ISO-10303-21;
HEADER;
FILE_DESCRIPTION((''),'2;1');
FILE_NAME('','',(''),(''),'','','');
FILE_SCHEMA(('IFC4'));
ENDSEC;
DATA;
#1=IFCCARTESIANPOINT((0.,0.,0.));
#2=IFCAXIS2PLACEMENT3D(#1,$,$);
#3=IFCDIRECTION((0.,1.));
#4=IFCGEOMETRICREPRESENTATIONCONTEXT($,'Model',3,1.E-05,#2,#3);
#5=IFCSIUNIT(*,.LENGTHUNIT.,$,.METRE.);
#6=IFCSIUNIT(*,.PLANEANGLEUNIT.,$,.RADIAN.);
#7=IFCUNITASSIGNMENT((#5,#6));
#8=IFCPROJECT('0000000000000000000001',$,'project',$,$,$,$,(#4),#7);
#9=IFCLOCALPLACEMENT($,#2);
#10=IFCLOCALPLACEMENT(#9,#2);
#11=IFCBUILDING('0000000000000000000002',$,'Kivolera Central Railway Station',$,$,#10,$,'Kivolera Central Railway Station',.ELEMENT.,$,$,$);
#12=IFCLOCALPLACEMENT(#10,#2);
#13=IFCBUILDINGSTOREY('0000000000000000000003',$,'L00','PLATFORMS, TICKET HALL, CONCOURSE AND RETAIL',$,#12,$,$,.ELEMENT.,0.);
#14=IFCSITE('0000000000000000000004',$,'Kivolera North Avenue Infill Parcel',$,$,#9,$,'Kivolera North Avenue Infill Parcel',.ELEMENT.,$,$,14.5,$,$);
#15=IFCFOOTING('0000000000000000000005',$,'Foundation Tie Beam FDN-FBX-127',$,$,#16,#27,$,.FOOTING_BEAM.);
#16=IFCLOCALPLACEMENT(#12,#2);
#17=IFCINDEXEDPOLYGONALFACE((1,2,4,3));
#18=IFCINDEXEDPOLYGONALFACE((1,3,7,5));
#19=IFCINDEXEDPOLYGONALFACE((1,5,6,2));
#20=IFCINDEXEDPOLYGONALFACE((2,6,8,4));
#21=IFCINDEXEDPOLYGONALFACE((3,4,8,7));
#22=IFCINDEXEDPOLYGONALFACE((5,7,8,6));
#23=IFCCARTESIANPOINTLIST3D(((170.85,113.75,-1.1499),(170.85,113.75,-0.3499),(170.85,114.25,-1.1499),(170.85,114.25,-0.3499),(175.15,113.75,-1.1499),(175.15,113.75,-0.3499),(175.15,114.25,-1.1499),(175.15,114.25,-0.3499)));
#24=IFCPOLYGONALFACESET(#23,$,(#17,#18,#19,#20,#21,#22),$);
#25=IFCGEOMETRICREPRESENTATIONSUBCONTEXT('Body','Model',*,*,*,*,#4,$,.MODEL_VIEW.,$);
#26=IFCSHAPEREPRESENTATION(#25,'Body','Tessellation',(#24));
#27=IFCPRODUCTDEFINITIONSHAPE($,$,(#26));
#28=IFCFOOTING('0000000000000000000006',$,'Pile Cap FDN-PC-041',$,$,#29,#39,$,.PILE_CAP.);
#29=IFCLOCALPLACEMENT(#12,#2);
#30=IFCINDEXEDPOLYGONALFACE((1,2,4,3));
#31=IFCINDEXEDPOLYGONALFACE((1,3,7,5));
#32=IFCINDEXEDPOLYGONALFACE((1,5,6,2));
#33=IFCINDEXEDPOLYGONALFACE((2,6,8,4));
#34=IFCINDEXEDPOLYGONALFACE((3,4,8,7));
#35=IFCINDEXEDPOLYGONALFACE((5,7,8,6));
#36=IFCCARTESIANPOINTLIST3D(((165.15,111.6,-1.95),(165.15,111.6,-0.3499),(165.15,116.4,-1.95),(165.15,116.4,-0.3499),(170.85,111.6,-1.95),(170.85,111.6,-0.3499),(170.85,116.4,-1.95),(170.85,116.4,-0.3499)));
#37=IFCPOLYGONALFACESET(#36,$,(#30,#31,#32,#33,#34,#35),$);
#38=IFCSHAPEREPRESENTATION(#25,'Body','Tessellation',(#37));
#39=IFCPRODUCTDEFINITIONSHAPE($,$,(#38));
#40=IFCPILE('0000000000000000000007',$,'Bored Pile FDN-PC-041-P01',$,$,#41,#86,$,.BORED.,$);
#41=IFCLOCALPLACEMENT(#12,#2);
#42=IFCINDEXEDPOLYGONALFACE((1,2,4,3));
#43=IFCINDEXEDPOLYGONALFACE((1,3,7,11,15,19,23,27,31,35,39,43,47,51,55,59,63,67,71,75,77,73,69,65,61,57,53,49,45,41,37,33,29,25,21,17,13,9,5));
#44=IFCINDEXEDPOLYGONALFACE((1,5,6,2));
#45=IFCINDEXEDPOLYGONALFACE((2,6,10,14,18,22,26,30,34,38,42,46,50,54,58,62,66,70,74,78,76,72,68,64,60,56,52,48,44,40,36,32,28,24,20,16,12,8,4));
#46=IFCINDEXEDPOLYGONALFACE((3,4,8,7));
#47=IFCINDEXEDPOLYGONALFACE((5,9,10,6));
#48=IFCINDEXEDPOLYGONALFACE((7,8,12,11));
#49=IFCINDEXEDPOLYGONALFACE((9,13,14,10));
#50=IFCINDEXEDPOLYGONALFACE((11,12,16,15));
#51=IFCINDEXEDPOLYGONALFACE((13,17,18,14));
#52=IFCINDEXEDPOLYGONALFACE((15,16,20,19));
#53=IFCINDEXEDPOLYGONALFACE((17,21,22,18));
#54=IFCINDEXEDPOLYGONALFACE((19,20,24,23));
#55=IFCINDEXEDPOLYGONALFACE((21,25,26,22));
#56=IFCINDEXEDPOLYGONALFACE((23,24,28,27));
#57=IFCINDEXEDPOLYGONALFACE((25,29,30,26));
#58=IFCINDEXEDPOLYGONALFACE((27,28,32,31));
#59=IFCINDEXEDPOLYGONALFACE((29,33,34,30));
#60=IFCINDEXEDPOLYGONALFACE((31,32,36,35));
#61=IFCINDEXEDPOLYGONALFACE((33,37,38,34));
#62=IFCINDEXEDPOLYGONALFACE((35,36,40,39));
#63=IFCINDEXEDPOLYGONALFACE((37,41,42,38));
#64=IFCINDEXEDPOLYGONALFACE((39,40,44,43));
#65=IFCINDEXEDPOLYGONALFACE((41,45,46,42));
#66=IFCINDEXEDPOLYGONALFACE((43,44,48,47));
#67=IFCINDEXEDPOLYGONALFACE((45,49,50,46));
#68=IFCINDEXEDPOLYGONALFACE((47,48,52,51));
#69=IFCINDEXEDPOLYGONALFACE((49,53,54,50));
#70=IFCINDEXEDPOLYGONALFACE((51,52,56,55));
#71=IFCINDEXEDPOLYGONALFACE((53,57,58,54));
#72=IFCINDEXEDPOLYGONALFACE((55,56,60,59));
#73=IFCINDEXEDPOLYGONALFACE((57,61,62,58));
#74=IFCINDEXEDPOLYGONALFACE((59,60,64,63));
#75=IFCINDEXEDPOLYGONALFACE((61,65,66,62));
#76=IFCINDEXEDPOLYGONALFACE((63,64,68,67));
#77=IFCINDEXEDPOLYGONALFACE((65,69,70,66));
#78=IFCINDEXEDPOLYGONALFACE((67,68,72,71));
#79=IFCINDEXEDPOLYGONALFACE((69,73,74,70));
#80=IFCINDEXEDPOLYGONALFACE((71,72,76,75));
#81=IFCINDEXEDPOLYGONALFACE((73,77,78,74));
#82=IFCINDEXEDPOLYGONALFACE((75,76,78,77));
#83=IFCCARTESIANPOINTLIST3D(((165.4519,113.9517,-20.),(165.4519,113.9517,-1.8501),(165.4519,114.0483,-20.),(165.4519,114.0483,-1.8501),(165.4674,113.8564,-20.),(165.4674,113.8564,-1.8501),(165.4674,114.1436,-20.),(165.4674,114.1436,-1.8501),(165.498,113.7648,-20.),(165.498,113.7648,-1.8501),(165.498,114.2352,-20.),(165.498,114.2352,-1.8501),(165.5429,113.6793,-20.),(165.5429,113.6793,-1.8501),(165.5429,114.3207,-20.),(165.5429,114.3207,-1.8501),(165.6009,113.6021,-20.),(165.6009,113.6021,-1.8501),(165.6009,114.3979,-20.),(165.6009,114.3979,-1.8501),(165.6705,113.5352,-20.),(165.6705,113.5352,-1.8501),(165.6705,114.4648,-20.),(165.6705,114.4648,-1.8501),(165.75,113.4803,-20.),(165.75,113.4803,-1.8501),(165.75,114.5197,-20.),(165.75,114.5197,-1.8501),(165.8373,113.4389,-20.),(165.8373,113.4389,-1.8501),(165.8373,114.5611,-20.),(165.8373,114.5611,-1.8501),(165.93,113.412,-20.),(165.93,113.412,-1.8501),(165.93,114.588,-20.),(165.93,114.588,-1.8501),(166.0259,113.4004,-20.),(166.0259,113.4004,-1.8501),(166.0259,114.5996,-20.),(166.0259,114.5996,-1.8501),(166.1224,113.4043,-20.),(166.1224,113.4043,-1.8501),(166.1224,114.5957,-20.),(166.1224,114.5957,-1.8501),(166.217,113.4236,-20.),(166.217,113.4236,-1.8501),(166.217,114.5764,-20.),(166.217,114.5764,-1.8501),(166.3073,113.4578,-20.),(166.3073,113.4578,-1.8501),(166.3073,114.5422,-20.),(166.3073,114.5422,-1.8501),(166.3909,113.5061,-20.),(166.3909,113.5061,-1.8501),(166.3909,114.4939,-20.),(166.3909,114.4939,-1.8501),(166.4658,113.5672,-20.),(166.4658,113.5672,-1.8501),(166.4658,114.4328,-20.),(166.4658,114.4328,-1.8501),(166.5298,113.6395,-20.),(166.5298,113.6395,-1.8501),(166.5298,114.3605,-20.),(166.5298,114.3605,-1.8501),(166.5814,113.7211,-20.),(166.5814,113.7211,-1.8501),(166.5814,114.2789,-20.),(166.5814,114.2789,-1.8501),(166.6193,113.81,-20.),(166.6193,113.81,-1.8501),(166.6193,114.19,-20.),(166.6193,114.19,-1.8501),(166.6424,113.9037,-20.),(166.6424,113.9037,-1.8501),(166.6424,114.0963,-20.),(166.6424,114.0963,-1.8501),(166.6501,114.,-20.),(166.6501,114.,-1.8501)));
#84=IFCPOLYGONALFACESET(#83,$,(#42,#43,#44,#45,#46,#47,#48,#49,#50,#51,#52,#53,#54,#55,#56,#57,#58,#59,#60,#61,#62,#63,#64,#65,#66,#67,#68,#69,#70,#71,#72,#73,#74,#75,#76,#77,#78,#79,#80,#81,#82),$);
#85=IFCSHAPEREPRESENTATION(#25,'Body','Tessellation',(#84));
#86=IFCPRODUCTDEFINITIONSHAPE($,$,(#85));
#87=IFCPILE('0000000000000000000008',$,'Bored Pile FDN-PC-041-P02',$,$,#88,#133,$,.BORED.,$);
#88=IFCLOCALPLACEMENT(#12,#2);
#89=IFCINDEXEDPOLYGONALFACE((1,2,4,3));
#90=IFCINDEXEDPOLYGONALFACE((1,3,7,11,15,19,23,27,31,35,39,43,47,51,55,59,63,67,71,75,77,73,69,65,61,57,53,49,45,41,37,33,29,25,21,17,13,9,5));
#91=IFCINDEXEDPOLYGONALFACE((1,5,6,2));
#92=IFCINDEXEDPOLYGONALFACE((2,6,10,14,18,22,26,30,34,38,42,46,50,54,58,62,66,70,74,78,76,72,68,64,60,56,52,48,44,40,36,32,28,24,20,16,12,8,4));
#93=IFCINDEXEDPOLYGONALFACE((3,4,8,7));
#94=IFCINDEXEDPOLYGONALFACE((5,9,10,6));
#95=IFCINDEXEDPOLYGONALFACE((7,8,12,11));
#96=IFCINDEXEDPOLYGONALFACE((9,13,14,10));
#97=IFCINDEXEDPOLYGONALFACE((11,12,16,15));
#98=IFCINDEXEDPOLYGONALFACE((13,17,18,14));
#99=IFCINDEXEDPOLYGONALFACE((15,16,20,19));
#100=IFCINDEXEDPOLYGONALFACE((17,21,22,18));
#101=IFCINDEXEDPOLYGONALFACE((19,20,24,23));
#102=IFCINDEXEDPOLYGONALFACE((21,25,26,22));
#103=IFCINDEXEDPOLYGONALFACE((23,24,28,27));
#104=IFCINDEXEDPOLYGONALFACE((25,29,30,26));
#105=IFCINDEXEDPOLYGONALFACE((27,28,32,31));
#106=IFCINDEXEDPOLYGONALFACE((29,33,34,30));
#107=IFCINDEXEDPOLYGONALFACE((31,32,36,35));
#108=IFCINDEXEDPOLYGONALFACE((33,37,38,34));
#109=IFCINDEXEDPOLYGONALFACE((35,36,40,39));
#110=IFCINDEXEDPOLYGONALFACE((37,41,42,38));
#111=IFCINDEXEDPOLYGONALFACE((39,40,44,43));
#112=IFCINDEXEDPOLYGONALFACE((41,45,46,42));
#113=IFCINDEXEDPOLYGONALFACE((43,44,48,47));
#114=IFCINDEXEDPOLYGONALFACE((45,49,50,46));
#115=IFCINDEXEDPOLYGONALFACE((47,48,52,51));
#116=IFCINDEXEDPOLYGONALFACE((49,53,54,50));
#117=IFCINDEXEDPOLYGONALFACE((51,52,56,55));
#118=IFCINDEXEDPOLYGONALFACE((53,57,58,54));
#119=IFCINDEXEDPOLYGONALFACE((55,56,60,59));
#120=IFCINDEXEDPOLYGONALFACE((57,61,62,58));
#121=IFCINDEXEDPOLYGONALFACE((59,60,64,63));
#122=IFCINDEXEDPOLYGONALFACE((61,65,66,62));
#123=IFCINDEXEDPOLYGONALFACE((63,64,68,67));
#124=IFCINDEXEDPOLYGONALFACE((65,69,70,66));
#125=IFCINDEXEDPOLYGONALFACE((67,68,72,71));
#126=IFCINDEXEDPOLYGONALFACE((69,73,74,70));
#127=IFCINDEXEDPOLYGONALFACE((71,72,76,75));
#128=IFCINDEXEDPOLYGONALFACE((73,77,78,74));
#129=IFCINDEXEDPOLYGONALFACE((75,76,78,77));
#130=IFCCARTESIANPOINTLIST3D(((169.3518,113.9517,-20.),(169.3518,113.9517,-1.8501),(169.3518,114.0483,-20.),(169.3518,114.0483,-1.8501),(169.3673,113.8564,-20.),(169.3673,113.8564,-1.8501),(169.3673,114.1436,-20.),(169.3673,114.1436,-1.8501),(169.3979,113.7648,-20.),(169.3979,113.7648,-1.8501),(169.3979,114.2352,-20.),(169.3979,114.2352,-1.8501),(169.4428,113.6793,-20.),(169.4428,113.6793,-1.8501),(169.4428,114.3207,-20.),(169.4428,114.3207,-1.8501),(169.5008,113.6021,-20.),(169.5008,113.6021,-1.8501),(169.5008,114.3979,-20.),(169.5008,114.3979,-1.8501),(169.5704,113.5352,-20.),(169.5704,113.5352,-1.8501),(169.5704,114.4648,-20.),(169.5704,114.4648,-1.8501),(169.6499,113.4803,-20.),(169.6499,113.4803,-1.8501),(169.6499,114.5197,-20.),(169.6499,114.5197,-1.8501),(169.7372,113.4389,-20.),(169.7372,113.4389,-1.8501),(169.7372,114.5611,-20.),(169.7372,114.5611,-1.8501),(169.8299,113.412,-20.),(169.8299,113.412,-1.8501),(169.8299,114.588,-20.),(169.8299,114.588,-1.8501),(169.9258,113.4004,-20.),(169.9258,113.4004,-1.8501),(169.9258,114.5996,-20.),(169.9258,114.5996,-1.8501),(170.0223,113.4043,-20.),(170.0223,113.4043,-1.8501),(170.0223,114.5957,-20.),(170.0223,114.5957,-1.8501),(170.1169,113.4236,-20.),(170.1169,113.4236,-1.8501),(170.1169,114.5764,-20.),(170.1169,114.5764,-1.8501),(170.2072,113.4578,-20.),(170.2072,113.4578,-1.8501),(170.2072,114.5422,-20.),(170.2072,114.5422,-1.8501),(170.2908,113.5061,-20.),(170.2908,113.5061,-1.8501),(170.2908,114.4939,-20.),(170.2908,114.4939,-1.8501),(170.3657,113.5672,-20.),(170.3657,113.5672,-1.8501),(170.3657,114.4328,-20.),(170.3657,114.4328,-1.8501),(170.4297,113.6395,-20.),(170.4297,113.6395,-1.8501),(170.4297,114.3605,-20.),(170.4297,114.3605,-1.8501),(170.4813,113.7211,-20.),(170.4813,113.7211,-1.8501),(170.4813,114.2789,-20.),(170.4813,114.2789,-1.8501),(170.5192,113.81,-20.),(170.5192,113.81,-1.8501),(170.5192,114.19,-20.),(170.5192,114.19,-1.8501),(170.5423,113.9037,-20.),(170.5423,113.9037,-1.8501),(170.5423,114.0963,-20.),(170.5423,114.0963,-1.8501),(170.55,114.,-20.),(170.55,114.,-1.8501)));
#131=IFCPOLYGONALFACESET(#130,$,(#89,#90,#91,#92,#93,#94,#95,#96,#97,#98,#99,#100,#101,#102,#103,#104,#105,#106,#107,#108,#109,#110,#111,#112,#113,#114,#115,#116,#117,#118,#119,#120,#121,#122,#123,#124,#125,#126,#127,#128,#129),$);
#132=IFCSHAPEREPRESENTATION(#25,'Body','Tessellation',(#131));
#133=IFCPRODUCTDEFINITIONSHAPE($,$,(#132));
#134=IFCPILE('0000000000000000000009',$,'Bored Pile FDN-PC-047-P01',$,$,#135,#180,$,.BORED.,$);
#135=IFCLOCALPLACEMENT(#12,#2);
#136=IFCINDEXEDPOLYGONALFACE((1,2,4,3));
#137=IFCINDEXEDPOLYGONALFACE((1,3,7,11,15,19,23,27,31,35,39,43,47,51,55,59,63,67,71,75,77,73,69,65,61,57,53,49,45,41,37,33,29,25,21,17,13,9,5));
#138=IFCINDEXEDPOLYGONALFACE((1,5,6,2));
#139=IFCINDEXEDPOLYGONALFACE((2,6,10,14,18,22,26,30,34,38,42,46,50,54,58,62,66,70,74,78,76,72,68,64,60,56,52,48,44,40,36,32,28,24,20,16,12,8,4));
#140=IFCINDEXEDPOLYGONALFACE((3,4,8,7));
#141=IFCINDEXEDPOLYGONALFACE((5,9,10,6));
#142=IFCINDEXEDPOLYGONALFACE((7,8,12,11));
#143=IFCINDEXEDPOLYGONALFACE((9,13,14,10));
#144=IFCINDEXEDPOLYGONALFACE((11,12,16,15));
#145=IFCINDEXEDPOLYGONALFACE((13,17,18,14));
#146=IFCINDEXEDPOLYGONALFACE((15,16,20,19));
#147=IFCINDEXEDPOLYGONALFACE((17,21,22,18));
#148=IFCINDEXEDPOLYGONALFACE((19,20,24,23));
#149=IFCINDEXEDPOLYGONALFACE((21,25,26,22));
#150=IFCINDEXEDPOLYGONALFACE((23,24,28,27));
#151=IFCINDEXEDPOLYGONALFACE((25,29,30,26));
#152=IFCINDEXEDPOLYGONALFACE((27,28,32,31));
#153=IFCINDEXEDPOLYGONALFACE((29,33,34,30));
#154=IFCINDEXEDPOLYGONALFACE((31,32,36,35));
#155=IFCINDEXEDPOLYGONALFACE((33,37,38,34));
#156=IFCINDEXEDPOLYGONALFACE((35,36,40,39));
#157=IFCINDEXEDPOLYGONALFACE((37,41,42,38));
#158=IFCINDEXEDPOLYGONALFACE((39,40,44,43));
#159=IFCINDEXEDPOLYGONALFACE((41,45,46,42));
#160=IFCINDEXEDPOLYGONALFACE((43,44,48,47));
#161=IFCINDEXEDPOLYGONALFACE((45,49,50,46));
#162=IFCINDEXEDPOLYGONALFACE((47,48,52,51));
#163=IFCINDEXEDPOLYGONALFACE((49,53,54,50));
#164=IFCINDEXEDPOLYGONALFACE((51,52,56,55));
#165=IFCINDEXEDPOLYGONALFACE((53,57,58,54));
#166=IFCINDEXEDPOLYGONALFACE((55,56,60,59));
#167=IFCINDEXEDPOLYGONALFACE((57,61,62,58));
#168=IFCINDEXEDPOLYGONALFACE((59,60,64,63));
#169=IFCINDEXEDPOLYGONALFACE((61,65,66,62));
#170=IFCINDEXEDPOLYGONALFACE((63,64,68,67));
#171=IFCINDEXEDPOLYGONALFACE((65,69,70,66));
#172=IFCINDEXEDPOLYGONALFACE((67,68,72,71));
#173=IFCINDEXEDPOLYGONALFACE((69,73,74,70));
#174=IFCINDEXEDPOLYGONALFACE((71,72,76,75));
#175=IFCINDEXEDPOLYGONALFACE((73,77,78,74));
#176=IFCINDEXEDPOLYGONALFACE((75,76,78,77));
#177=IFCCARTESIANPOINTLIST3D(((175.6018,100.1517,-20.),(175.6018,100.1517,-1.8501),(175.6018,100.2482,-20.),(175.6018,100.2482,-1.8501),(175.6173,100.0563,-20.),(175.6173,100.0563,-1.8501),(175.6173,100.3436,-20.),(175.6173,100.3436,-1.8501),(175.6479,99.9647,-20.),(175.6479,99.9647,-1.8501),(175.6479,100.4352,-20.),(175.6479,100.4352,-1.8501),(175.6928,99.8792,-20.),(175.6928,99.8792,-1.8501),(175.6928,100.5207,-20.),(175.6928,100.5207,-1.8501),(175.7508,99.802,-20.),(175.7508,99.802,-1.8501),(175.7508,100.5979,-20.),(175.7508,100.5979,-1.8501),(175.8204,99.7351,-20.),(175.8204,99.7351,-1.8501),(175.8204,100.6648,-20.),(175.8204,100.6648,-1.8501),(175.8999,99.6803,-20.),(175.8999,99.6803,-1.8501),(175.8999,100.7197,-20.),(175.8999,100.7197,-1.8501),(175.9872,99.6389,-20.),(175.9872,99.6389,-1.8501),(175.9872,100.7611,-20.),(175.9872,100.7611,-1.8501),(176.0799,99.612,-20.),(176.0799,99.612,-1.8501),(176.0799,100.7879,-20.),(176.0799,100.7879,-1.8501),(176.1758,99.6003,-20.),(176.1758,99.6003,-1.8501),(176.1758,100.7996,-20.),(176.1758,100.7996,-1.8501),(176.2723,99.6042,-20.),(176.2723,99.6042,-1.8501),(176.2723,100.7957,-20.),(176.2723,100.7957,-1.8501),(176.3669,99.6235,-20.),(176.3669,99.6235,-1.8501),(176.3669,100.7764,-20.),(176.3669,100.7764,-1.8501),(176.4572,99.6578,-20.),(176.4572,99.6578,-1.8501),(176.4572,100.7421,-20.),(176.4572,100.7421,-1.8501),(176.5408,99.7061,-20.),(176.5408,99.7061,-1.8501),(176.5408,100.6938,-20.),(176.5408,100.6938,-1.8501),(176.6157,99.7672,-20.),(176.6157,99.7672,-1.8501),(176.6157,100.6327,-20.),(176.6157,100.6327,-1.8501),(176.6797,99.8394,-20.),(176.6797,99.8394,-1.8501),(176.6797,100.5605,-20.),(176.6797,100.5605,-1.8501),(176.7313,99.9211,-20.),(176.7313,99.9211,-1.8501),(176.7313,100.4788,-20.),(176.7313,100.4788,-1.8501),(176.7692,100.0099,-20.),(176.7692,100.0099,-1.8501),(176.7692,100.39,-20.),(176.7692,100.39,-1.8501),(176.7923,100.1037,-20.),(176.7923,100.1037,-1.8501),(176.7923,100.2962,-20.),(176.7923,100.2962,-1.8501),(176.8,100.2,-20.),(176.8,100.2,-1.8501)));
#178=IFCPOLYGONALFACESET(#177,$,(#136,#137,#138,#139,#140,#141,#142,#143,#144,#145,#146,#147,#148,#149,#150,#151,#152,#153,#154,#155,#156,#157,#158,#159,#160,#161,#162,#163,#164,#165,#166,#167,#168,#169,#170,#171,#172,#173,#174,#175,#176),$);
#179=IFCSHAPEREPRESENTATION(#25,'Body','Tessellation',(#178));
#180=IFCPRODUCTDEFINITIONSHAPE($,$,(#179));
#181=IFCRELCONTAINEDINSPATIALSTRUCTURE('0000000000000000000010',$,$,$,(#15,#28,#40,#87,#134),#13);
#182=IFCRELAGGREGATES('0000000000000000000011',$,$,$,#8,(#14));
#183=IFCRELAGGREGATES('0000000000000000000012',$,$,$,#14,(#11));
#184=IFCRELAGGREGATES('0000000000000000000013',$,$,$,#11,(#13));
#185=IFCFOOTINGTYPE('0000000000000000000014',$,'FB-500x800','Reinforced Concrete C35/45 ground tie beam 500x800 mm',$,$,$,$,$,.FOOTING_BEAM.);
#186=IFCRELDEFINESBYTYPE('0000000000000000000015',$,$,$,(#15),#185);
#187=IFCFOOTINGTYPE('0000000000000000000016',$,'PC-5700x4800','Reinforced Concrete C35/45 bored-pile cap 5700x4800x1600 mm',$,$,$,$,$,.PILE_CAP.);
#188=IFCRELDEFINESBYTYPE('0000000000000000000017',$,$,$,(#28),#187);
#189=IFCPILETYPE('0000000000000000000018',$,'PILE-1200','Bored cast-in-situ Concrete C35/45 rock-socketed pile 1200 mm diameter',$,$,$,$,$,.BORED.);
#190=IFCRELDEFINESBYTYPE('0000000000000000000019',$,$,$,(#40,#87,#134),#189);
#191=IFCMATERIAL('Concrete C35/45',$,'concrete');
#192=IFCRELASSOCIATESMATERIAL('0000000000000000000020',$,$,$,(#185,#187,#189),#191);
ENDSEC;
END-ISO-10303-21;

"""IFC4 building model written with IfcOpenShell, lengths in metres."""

from ifc_helpers import new_model, si_unit, direction, frame, origin, origin_2d, place, context, subcontext, project, spatial, rectangle, circle, extrude, material, material_profile, profile_set, type_object, element, save


model = new_model("IFC4")

# Units and contexts
model_context = context("Model", 3, precision=1e-05, world=origin(), true_north=direction((0.0, 1.0)))
body_context = subcontext(model_context, "Body", "Model", "MODEL_VIEW")
ifc_project = project(units=[si_unit("LENGTHUNIT", "METRE"), si_unit("PLANEANGLEUNIT", "RADIAN")], contexts=[model_context])

# Site, building, storey
site_placement = place(None, origin())
site = spatial("IfcSite", under=ifc_project, at=site_placement, Name="Kivolera North Avenue Infill Parcel", LongName="Kivolera North Avenue Infill Parcel", CompositionType="ELEMENT", RefElevation=14.5)
building_placement = place(site_placement, origin())
building = spatial("IfcBuilding", under=site, at=building_placement, Name="Kivolera Central Railway Station", LongName="Kivolera Central Railway Station", CompositionType="ELEMENT")
storey_placement = place(building_placement, origin())
storey = spatial("IfcBuildingStorey", under=building, at=storey_placement, Name="L00", Description="PLATFORMS, TICKET HALL, CONCOURSE AND RETAIL", CompositionType="ELEMENT", Elevation=0.0)

# Footings
ifc_material_1 = material(Name="Concrete C35/45", Category="concrete")
footing_type_1 = type_object("IfcFootingType", Name="FB-500x800", Description="Reinforced Concrete C35/45 ground tie beam 500x800 mm", PredefinedType="FOOTING_BEAM", material=ifc_material_1)
footing_1_placement = place(storey_placement, frame((173.0, 114.0, -1.1499), z_axis=(0.0, 0.0, 1.0), x_axis=(1.0, 0.0, 0.0)))
element("IfcFooting", 1, at=footing_1_placement, inside=storey, type_object=footing_type_1, Name="Foundation Tie Beam FDN-FBX-127", PredefinedType="FOOTING_BEAM", context=body_context, shape_type="SweptSolid", body=[
    extrude(rectangle(XDim=4.3, YDim=0.5, at=origin_2d()), origin(), (0.0, 0.0, 1.0), 0.8),
])
footing_type_2 = type_object("IfcFootingType", Name="PC-5700x4800", Description="Reinforced Concrete C35/45 bored-pile cap 5700x4800x1600 mm", PredefinedType="PILE_CAP", material=ifc_material_1)
footing_2_placement = place(storey_placement, frame((168.0, 114.0, -1.95), z_axis=(0.0, 0.0, 1.0), x_axis=(1.0, 0.0, 0.0)))
element("IfcFooting", 2, at=footing_2_placement, inside=storey, type_object=footing_type_2, Name="Pile Cap FDN-PC-041", PredefinedType="PILE_CAP", context=body_context, shape_type="SweptSolid", body=[
    extrude(rectangle(XDim=5.7, YDim=4.8, at=origin_2d()), origin(), (0.0, 0.0, 1.0), 1.6001),
])

# Piles
ifc_material_profile_1 = material_profile(ifc_material_1, circle(Radius=0.6001, at=origin_2d()), Name="PILE D1200")
ifc_profile_set_1 = profile_set([ifc_material_profile_1], Name="Concrete C35/45")
pile_type = type_object("IfcPileType", Name="PILE-1200", Description="Bored cast-in-situ Concrete C35/45 rock-socketed pile 1200 mm diameter", PredefinedType="BORED", material=ifc_profile_set_1)
for number, where, z_axis, x_axis, name in (
    (3, (166.05, 114.0, -1.8501), (0.0, 0.0, -1.0), (1.0, 0.0, 0.0), "Bored Pile FDN-PC-041-P01"),
    (4, (169.95, 114.0, -1.8501), (0.0, 0.0, -1.0), (1.0, 0.0, 0.0), "Bored Pile FDN-PC-041-P02"),
    (5, (176.2, 100.2, -1.8501), (0.0, 0.0, -1.0), (1.0, 0.0, 0.0), "Bored Pile FDN-PC-047-P01"),
):
    element("IfcPile", number, at=place(storey_placement, frame(where, z_axis=z_axis, x_axis=x_axis)), inside=storey, type_object=pile_type, Name=name, PredefinedType="BORED", context=body_context, shape_type="SweptSolid", body=[
        extrude(circle(Radius=0.6001, at=origin_2d()), origin(), (0.0, 0.0, 1.0), 18.1499),
    ])

save(model, "model.ifc")
